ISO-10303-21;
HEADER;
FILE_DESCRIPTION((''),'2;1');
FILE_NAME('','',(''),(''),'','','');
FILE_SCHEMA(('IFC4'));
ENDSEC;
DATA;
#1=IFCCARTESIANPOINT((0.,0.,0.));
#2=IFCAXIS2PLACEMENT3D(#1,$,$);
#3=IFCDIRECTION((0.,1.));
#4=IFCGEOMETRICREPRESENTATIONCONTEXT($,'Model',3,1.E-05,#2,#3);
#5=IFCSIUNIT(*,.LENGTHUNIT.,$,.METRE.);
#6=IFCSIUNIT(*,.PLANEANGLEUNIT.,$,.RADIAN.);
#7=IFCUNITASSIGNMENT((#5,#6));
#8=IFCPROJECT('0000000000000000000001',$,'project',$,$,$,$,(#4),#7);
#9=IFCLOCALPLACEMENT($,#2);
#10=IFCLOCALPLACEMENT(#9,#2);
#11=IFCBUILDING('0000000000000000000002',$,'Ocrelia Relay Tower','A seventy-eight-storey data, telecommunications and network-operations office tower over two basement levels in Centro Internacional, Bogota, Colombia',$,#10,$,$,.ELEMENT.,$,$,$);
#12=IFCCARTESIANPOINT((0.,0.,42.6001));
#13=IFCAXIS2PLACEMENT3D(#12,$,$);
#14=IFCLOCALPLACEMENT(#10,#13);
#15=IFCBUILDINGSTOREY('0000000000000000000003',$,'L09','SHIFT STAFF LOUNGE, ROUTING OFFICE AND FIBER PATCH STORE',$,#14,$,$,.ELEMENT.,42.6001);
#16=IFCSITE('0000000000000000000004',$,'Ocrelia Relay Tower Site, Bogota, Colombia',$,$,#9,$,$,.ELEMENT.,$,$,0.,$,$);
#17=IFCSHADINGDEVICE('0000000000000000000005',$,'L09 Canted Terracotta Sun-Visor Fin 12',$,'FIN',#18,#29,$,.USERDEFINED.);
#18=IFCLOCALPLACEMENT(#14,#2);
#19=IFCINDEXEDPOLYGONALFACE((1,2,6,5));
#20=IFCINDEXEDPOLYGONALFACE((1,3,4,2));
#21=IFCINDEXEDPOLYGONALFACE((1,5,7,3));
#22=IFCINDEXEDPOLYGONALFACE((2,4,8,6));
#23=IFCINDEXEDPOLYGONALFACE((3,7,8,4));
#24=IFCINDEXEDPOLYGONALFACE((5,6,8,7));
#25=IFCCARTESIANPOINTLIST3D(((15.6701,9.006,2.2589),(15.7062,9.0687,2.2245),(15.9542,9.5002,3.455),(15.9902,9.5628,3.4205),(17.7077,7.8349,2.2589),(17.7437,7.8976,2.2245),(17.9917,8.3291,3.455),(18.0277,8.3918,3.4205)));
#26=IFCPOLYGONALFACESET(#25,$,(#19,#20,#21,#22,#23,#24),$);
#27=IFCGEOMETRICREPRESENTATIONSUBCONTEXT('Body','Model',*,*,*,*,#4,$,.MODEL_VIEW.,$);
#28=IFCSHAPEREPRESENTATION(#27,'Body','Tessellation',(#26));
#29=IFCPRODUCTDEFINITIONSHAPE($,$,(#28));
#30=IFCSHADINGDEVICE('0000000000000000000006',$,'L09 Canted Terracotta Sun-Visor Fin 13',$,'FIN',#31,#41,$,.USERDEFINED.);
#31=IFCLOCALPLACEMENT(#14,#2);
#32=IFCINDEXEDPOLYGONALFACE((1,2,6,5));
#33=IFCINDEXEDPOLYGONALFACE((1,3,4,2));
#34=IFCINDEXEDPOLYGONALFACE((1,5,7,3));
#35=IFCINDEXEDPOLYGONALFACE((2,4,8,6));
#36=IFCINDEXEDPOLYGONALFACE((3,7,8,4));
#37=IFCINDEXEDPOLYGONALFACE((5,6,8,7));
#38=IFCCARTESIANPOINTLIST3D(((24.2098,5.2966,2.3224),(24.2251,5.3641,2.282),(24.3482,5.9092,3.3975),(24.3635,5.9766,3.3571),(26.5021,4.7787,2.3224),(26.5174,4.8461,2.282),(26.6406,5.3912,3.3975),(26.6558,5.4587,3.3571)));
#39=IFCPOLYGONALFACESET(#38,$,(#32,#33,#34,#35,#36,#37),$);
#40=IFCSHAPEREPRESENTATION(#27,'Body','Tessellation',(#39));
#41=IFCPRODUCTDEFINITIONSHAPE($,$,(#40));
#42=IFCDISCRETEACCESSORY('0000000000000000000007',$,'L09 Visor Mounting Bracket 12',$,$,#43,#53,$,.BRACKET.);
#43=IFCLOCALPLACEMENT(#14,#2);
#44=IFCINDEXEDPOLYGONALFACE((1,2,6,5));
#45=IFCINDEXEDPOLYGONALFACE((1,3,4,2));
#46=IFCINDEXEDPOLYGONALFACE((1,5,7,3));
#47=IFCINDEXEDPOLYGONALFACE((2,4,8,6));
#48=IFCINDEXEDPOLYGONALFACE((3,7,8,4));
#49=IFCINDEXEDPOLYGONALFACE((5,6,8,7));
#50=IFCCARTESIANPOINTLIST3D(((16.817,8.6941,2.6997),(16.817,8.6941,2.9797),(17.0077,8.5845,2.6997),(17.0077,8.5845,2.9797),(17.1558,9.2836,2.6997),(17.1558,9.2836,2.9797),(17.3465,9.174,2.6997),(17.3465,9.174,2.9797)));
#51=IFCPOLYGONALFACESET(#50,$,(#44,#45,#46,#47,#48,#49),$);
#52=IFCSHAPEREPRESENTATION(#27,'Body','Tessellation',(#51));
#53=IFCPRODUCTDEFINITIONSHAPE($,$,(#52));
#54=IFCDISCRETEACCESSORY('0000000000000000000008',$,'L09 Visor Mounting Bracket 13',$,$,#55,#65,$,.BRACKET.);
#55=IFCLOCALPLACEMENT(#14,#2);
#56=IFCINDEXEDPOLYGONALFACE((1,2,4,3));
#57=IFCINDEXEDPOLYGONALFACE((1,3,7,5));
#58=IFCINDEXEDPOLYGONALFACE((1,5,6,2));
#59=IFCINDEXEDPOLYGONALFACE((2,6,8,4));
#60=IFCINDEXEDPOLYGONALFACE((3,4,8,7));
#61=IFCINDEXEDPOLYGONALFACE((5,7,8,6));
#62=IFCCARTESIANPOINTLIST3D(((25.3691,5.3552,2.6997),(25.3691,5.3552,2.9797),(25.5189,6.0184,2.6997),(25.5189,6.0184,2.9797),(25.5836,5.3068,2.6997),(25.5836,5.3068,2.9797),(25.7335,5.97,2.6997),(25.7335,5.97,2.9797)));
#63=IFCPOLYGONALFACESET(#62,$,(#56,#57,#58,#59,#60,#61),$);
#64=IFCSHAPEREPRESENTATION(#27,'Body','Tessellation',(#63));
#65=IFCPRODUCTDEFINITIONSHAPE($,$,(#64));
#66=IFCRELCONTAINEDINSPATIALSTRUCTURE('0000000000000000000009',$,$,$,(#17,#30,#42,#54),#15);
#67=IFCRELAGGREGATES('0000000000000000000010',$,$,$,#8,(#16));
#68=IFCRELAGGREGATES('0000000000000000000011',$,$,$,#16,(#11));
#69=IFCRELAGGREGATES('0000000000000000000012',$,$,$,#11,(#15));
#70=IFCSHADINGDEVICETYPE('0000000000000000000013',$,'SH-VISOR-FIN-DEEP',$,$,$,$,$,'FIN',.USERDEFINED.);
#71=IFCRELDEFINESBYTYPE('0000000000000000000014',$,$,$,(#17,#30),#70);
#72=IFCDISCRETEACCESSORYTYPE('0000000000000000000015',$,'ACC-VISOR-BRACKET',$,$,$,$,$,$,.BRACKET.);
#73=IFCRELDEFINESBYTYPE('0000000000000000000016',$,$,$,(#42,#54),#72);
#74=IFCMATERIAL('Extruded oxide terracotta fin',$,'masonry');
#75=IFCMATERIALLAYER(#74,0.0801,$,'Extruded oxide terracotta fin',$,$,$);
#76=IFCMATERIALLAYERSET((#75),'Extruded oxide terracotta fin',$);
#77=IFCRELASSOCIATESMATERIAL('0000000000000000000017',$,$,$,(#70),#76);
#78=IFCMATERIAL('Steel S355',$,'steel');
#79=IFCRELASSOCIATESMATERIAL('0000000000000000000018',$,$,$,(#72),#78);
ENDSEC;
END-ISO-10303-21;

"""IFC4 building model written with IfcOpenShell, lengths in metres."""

from ifc_helpers import new_model, si_unit, direction, frame, origin, origin_2d, place, context, subcontext, project, spatial, rectangle, extrude, material, layer, layer_set, type_object, element, save


model = new_model("IFC4")

# Units and contexts
model_context = context("Model", 3, precision=1e-05, world=origin(), true_north=direction((0.0, 1.0)))
body_context = subcontext(model_context, "Body", "Model", "MODEL_VIEW")
ifc_project = project(units=[si_unit("LENGTHUNIT", "METRE"), si_unit("PLANEANGLEUNIT", "RADIAN")], contexts=[model_context])

# Site, building, storey
site_placement = place(None, origin())
site = spatial("IfcSite", under=ifc_project, at=site_placement, Name="Ocrelia Relay Tower Site, Bogota, Colombia", CompositionType="ELEMENT", RefElevation=0.0)
building_placement = place(site_placement, origin())
building = spatial("IfcBuilding", under=site, at=building_placement, Name="Ocrelia Relay Tower", Description="A seventy-eight-storey data, telecommunications and network-operations office tower over two basement levels in Centro Internacional, Bogota, Colombia", CompositionType="ELEMENT")
storey_placement = place(building_placement, frame((0.0, 0.0, 42.6001)))
storey = spatial("IfcBuildingStorey", under=building, at=storey_placement, Name="L09", Description="SHIFT STAFF LOUNGE, ROUTING OFFICE AND FIBER PATCH STORE", CompositionType="ELEMENT", Elevation=42.6001)

# Shared definitions
ifc_material_1 = material(Name="Steel S355", Category="steel")

# Shading devices
ifc_material_2 = material(Name="Extruded oxide terracotta fin", Category="masonry")
ifc_layer_1 = layer(ifc_material_2, 0.0801, Name="Extruded oxide terracotta fin")
ifc_layer_set_1 = layer_set([ifc_layer_1], Name="Extruded oxide terracotta fin")
shading_device_type_1 = type_object("IfcShadingDeviceType", Name="SH-VISOR-FIN-DEEP", ElementType="FIN", PredefinedType="USERDEFINED", material=ifc_layer_set_1)
shading_device_1_placement = place(storey_placement, frame((16.8669, 8.7302, 2.8225), z_axis=(-0.449833, -0.782676, 0.430196), x_axis=(0.867004, -0.4983, 0.0)))
element("IfcShadingDevice", 1, at=shading_device_1_placement, inside=storey, type_object=shading_device_type_1, Name="L09 Canted Terracotta Sun-Visor Fin 12", ObjectType="FIN", PredefinedType="USERDEFINED", context=body_context, shape_type="SweptSolid", body=[
    extrude(rectangle(XDim=2.3501, YDim=1.325, at=origin_2d()), origin(), (0.0, 0.0, 1.0), 0.0801),
])
shading_device_2_placement = place(storey_placement, frame((25.4404, 5.4114, 2.8196), z_axis=(-0.190304, -0.842252, 0.504377), x_axis=(0.975411, -0.220392, 0.0)))
element("IfcShadingDevice", 2, at=shading_device_2_placement, inside=storey, type_object=shading_device_type_1, Name="L09 Canted Terracotta Sun-Visor Fin 13", ObjectType="FIN", PredefinedType="USERDEFINED", context=body_context, shape_type="SweptSolid", body=[
    extrude(rectangle(XDim=2.3501, YDim=1.2451, at=origin_2d()), origin(), (0.0, 0.0, 1.0), 0.0801),
])

# Discrete accessories
discrete_accessory_type = type_object("IfcDiscreteAccessoryType", Name="ACC-VISOR-BRACKET", PredefinedType="BRACKET", material=ifc_material_1)
for number, where, z_axis, x_axis, name in (
    (3, (17.0818, 8.9341, 2.6997), (0.0, 0.0, 1.0), (0.867004, -0.4983, 0.0), "L09 Visor Mounting Bracket 12"),
    (4, (25.5513, 5.6626, 2.6997), (0.0, 0.0, 1.0), (0.975411, -0.220392, 0.0), "L09 Visor Mounting Bracket 13"),
):
    element("IfcDiscreteAccessory", number, at=place(storey_placement, frame(where, z_axis=z_axis, x_axis=x_axis)), inside=storey, type_object=discrete_accessory_type, Name=name, PredefinedType="BRACKET", context=body_context, shape_type="SweptSolid", body=[
        extrude(rectangle(XDim=0.22, YDim=0.6799, at=origin_2d()), origin(), (0.0, 0.0, 1.0), 0.28),
    ])

save(model, "model.ifc")
